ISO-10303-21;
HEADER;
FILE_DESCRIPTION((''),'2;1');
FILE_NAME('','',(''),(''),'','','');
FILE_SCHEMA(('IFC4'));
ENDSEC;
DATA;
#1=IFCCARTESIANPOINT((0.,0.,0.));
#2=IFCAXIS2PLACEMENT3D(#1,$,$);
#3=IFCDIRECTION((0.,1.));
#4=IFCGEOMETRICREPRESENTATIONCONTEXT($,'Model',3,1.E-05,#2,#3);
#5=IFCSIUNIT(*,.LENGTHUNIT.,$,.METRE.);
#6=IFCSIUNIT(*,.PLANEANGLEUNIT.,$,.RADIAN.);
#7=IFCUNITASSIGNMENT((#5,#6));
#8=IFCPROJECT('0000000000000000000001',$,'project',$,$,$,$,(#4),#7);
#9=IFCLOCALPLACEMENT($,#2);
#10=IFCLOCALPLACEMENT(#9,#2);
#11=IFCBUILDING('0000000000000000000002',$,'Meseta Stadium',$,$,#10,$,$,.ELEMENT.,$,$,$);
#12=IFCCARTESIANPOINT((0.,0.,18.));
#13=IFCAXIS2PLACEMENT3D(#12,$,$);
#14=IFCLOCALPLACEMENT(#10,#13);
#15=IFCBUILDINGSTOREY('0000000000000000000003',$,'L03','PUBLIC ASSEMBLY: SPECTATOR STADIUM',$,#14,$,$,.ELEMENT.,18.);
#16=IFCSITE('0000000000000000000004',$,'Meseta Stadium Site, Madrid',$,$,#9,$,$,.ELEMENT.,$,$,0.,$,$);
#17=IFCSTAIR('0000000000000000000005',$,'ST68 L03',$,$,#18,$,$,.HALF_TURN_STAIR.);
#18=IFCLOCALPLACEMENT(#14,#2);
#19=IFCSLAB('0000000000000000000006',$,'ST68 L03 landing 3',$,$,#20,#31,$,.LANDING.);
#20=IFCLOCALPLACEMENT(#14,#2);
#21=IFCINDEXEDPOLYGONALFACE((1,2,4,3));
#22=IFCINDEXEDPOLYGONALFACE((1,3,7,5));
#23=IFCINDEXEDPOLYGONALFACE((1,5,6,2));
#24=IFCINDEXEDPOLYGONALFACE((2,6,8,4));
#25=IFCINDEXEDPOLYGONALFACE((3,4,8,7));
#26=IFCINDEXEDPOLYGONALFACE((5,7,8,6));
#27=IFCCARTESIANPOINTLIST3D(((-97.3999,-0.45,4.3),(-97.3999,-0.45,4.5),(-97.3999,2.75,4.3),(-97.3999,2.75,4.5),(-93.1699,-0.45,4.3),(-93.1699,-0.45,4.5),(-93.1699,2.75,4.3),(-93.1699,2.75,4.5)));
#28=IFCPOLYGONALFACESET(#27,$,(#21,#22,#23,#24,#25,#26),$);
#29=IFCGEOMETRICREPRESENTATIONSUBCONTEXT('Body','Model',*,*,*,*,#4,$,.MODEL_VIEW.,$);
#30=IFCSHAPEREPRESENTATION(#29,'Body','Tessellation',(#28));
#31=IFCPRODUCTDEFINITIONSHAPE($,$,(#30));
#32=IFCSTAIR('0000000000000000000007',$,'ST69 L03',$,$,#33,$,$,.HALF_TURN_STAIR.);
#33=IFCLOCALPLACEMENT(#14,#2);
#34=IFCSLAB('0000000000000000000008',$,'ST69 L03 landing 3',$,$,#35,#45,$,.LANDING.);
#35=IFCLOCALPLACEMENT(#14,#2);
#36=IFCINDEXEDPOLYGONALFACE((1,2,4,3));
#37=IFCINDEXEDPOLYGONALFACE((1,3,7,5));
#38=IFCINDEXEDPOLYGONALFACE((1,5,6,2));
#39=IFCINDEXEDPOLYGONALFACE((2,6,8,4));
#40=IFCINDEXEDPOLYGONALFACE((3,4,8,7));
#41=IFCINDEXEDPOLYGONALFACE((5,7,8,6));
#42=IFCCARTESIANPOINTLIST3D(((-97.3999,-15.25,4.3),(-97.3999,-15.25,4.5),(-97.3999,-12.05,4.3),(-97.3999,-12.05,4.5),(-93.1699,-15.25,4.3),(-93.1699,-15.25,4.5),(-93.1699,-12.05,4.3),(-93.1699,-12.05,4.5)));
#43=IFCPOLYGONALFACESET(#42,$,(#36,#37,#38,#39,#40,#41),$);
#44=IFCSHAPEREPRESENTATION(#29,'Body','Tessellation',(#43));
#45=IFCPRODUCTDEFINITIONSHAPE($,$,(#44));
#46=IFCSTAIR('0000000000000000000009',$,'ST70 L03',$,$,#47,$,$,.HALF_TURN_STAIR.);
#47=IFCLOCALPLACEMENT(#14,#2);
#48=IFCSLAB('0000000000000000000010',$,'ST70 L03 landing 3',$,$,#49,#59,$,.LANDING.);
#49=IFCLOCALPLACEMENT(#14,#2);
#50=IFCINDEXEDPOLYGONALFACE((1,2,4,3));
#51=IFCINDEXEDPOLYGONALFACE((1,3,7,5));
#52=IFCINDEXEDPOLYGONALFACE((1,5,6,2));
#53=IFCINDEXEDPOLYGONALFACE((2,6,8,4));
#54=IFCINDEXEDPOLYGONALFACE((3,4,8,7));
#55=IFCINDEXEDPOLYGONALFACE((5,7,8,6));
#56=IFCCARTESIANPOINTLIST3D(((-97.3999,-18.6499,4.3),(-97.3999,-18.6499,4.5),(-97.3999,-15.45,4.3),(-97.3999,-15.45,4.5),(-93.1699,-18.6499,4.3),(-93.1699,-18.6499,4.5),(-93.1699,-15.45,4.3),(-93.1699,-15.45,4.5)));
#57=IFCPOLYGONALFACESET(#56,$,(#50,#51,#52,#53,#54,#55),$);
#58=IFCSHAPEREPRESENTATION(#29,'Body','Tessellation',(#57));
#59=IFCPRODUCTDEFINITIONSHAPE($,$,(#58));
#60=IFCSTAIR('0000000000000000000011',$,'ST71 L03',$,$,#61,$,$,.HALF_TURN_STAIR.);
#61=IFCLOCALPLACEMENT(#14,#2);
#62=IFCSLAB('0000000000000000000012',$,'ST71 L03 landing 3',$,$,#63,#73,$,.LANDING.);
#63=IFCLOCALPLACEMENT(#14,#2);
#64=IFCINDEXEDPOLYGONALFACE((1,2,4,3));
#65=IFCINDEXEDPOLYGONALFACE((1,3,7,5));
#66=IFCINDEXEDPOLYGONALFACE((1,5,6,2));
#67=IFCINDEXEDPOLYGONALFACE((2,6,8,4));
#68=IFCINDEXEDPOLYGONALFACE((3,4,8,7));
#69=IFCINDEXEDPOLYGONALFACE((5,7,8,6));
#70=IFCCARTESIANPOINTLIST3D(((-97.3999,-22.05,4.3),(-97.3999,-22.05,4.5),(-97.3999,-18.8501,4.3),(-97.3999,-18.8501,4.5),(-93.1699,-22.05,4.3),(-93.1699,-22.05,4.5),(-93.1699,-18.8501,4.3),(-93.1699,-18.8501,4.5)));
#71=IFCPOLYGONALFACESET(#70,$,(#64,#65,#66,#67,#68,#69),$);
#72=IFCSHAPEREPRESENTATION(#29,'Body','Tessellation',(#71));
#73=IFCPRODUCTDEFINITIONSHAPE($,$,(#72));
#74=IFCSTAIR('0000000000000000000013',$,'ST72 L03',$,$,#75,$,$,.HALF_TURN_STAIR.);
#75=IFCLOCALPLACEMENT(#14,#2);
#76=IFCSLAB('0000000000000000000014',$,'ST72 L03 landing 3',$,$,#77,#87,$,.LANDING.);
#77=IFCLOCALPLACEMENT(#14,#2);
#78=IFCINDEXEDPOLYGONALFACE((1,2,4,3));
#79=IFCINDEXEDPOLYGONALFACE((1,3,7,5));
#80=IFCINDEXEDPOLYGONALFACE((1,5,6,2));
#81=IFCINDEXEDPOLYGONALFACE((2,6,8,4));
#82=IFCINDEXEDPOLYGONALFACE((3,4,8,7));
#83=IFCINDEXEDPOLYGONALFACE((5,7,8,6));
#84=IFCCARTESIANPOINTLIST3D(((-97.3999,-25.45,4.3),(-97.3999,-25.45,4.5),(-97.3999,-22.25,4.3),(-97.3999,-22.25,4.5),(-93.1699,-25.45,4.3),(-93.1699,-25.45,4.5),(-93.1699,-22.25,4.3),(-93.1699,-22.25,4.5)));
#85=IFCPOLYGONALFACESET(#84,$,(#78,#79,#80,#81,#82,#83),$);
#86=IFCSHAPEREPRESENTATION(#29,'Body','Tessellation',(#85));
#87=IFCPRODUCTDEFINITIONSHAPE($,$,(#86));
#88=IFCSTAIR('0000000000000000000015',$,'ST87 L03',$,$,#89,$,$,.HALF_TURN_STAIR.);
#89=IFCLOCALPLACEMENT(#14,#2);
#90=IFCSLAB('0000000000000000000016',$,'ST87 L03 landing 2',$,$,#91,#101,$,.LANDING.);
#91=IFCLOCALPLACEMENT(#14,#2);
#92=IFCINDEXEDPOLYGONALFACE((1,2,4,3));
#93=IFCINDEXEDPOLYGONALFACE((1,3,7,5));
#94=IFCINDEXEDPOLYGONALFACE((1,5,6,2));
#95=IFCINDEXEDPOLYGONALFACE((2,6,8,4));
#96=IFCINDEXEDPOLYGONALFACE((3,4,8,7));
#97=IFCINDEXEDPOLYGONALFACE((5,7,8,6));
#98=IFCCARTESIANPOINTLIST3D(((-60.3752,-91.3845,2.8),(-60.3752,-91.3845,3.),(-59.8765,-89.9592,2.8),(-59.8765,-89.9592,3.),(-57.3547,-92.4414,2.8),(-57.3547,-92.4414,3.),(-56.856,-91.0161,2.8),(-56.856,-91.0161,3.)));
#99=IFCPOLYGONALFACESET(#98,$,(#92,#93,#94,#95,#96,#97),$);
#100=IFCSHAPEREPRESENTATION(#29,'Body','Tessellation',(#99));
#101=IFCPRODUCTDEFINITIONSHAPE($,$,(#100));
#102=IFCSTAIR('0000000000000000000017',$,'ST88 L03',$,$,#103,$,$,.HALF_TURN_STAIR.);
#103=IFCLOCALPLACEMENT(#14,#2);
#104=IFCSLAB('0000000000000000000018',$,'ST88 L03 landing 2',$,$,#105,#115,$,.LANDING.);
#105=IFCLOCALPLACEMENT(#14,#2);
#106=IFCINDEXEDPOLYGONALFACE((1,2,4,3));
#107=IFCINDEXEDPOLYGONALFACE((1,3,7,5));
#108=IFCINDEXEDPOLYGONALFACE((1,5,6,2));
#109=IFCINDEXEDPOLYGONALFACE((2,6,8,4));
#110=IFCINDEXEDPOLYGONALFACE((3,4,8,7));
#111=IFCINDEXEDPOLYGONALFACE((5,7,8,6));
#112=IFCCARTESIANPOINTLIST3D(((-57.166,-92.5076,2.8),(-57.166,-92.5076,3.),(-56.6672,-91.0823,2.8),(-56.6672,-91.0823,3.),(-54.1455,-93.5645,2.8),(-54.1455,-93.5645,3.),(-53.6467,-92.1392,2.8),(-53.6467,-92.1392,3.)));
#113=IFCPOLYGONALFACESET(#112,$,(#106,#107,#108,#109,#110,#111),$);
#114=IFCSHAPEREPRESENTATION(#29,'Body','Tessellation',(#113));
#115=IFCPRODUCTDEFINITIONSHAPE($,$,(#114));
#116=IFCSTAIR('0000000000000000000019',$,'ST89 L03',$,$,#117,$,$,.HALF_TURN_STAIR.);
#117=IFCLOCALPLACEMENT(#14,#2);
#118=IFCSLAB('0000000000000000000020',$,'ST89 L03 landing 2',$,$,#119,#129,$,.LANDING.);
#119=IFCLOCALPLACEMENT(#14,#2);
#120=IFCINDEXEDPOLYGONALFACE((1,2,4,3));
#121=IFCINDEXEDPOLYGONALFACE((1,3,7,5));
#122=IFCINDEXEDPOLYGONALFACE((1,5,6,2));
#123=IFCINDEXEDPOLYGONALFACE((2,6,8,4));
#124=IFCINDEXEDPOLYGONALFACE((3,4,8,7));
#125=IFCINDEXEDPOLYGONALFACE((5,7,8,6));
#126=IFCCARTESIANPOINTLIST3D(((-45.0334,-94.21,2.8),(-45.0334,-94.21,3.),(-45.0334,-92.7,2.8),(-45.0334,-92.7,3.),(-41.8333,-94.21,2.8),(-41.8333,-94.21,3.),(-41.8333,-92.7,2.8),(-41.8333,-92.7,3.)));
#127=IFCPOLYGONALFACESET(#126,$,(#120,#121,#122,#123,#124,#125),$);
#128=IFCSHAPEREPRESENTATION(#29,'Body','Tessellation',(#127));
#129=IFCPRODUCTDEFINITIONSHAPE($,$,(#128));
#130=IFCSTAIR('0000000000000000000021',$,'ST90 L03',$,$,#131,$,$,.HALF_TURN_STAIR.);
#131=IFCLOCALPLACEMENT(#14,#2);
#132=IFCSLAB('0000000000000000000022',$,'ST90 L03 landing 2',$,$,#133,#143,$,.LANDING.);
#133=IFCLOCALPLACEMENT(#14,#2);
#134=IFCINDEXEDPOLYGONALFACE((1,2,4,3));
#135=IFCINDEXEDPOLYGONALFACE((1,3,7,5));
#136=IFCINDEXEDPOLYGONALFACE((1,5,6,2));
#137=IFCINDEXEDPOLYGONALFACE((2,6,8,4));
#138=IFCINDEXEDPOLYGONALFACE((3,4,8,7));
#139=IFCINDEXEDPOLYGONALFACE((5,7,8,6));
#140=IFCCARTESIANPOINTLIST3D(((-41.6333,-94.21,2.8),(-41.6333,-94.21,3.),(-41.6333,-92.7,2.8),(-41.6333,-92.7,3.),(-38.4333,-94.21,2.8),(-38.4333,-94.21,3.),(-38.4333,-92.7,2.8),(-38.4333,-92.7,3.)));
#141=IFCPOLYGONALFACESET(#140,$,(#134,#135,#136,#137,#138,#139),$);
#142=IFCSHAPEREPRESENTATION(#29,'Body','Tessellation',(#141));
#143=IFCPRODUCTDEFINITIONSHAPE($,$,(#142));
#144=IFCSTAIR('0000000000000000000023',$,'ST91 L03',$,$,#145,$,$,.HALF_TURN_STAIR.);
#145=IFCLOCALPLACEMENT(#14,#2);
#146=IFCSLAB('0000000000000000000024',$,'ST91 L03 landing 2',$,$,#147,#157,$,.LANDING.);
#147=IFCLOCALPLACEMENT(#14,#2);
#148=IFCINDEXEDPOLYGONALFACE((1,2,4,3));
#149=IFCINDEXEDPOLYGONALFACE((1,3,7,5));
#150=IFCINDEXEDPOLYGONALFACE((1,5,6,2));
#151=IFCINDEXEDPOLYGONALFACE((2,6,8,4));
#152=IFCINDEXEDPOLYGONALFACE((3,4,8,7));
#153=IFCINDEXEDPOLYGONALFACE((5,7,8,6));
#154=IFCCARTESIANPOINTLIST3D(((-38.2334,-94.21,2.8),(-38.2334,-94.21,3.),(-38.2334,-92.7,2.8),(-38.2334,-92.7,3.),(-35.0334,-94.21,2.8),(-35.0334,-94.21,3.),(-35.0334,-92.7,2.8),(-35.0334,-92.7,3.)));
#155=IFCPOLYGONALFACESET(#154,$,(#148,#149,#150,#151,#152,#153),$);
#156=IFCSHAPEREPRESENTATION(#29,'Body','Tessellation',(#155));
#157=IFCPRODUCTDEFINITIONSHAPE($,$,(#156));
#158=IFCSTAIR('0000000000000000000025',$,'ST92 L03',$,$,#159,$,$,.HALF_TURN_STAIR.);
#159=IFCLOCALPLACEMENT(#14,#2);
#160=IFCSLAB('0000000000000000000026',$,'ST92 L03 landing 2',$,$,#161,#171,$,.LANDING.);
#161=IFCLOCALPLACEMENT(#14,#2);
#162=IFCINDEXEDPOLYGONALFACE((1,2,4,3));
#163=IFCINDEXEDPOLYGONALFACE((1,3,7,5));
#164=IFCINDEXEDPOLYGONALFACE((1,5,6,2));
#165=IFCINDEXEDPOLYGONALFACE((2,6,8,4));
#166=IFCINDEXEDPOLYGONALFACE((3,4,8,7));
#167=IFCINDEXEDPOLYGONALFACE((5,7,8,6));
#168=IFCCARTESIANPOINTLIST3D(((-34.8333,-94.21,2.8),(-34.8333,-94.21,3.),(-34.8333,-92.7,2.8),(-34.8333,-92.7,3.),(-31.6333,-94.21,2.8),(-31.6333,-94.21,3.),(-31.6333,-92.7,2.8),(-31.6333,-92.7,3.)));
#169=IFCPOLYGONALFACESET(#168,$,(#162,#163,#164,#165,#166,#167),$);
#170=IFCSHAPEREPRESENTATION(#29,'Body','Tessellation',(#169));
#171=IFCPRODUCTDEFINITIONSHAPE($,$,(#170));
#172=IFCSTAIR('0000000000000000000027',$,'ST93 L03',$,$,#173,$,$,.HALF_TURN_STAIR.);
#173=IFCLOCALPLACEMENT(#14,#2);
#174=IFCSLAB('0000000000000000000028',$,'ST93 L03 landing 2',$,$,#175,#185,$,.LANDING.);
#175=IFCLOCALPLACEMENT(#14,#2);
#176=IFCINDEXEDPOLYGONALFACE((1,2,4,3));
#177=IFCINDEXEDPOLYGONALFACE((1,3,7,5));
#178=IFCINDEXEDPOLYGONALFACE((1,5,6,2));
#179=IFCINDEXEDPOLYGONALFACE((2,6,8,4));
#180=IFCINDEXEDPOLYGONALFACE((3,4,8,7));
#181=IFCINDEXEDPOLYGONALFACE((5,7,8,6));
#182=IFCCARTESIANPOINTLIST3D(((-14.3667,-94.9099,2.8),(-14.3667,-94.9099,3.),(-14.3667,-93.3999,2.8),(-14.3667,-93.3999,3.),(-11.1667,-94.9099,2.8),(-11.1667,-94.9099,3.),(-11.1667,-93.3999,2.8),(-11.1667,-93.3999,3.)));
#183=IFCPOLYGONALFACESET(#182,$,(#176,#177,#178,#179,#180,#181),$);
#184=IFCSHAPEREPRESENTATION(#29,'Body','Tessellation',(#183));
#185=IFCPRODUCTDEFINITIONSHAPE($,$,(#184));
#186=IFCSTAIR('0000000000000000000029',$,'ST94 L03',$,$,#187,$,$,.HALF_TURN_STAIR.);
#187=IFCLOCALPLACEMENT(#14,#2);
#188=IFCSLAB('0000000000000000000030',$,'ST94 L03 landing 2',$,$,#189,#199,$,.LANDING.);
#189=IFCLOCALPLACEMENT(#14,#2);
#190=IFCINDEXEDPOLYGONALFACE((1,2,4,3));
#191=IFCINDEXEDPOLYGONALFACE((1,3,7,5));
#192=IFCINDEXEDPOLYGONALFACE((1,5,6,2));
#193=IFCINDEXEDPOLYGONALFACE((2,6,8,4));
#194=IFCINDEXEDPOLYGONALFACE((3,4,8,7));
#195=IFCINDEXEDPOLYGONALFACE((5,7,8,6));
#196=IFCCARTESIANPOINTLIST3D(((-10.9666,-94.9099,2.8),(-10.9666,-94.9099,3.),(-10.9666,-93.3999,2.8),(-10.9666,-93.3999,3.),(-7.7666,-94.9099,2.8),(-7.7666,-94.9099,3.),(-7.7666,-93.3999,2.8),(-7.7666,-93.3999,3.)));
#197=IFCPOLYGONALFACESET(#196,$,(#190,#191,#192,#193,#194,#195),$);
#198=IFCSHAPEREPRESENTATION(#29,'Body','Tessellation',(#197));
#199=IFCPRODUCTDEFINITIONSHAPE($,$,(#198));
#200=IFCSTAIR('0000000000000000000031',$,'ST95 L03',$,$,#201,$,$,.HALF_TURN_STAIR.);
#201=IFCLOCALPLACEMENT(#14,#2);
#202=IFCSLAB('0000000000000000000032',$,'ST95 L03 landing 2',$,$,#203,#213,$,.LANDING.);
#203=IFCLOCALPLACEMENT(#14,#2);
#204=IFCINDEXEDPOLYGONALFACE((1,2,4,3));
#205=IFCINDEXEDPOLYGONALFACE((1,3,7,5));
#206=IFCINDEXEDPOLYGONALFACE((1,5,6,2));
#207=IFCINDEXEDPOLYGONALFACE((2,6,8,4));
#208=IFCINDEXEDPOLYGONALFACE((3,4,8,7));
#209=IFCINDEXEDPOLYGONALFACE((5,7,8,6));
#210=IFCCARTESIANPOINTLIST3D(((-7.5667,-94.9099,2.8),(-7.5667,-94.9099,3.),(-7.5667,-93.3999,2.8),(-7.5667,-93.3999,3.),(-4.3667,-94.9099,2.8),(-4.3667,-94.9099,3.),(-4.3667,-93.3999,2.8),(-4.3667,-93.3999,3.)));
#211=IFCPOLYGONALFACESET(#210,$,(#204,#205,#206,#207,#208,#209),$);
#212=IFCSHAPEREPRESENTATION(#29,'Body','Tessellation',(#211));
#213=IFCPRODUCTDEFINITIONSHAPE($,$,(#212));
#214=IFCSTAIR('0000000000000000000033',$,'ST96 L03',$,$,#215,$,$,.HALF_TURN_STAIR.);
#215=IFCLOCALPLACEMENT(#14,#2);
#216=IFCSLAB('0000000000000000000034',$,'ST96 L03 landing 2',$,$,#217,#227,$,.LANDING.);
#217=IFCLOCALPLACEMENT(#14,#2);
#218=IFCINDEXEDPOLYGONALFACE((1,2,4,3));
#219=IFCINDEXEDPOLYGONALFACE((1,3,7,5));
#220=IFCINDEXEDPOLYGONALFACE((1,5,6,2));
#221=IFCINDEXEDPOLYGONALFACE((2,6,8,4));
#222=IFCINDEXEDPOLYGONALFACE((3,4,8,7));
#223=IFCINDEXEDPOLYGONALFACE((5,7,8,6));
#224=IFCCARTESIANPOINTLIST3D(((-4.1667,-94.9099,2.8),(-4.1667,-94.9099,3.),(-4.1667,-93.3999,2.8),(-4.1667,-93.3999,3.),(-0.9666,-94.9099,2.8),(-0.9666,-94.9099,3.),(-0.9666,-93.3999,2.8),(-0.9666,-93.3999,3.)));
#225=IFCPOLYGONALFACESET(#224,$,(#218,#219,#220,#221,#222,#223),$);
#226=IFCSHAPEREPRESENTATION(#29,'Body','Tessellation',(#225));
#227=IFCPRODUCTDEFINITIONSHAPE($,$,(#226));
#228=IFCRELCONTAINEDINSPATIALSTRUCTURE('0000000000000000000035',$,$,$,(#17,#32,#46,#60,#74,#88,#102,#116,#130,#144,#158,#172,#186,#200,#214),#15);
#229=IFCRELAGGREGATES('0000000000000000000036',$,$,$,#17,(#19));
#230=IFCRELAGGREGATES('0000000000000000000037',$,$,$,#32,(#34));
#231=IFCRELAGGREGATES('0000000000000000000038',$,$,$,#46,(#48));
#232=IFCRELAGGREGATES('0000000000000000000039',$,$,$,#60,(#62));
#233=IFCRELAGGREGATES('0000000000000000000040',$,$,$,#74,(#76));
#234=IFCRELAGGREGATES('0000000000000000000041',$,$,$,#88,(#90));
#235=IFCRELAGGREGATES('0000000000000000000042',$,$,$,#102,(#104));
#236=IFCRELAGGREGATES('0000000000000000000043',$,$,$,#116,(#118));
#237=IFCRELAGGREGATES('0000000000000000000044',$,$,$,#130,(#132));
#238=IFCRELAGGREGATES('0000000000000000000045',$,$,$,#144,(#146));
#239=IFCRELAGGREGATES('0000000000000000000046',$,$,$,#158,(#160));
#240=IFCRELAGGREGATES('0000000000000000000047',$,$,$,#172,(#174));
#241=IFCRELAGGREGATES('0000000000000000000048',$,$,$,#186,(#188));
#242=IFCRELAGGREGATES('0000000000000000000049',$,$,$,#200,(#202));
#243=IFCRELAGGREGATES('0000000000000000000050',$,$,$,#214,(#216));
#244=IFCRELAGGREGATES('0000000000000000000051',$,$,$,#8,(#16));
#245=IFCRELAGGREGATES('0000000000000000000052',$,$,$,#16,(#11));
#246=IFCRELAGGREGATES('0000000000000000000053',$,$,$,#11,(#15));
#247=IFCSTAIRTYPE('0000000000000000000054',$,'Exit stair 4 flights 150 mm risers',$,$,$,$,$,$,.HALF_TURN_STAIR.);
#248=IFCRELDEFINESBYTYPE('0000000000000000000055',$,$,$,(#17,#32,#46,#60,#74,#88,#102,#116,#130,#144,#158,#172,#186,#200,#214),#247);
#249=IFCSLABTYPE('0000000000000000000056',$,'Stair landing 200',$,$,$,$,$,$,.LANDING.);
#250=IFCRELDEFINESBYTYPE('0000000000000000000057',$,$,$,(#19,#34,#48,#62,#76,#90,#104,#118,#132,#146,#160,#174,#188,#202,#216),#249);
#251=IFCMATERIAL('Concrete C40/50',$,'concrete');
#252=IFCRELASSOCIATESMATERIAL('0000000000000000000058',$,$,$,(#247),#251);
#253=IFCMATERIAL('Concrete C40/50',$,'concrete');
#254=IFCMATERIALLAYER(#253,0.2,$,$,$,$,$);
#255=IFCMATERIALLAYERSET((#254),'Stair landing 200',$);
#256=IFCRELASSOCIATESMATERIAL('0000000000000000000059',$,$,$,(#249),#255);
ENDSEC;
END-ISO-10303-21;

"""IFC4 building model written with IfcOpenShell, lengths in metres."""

from ifc_helpers import new_model, si_unit, direction, frame, origin, place, context, subcontext, project, spatial, polyline, outline, extrude, material, layer, layer_set, type_object, element, aggregate, save


model = new_model("IFC4")

# Units and contexts
model_context = context("Model", 3, precision=1e-05, world=origin(), true_north=direction((0.0, 1.0)))
body_context = subcontext(model_context, "Body", "Model", "MODEL_VIEW")
ifc_project = project(units=[si_unit("LENGTHUNIT", "METRE"), si_unit("PLANEANGLEUNIT", "RADIAN")], contexts=[model_context])

# Site, building, storey
site_placement = place(None, origin())
site = spatial("IfcSite", under=ifc_project, at=site_placement, Name="Meseta Stadium Site, Madrid", CompositionType="ELEMENT", RefElevation=0.0)
building_placement = place(site_placement, origin())
building = spatial("IfcBuilding", under=site, at=building_placement, Name="Meseta Stadium", CompositionType="ELEMENT")
storey_placement = place(building_placement, frame((0.0, 0.0, 18.0)))
storey = spatial("IfcBuildingStorey", under=building, at=storey_placement, Name="L03", Description="PUBLIC ASSEMBLY: SPECTATOR STADIUM", CompositionType="ELEMENT", Elevation=18.0)

# Stairs, slabs
ifc_material_1 = material(Name="Concrete C40/50", Category="concrete")
stair_type = type_object("IfcStairType", Name="Exit stair 4 flights 150 mm risers", PredefinedType="HALF_TURN_STAIR", material=ifc_material_1)
stair_1_placement = place(storey_placement, origin())
stair_1 = element("IfcStair", 1, at=stair_1_placement, inside=storey, type_object=stair_type, Name="ST68 L03", PredefinedType="HALF_TURN_STAIR")
ifc_material_2 = material(Name="Concrete C40/50", Category="concrete")
ifc_layer = layer(ifc_material_2, 0.2)
ifc_layer_set = layer_set([ifc_layer], Name="Stair landing 200")
slab_type = type_object("IfcSlabType", Name="Stair landing 200", PredefinedType="LANDING", material=ifc_layer_set)
slab_1_placement = place(storey_placement, frame((0.0, 0.0, 4.3)))
slab_1 = element("IfcSlab", 2, at=slab_1_placement, type_object=slab_type, Name="ST68 L03 landing 3", PredefinedType="LANDING", context=body_context, shape_type="SweptSolid", body=[
    extrude(outline(polyline([(-93.1699, 2.75), (-97.3999, 2.75), (-97.3999, -0.45), (-93.1699, -0.45), (-93.1699, 2.75)])), origin(), (0.0, 0.0, 1.0), 0.2),
])
aggregate(stair_1, [slab_1])
stair_2_placement = place(storey_placement, origin())
stair_2 = element("IfcStair", 3, at=stair_2_placement, inside=storey, type_object=stair_type, Name="ST69 L03", PredefinedType="HALF_TURN_STAIR")
slab_2_placement = place(storey_placement, frame((0.0, 0.0, 4.3)))
slab_2 = element("IfcSlab", 4, at=slab_2_placement, type_object=slab_type, Name="ST69 L03 landing 3", PredefinedType="LANDING", context=body_context, shape_type="SweptSolid", body=[
    extrude(outline(polyline([(-93.1699, -12.05), (-97.3999, -12.05), (-97.3999, -15.25), (-93.1699, -15.25), (-93.1699, -12.05)])), origin(), (0.0, 0.0, 1.0), 0.2),
])
aggregate(stair_2, [slab_2])
stair_3_placement = place(storey_placement, origin())
stair_3 = element("IfcStair", 5, at=stair_3_placement, inside=storey, type_object=stair_type, Name="ST70 L03", PredefinedType="HALF_TURN_STAIR")
slab_3_placement = place(storey_placement, frame((0.0, 0.0, 4.3)))
slab_3 = element("IfcSlab", 6, at=slab_3_placement, type_object=slab_type, Name="ST70 L03 landing 3", PredefinedType="LANDING", context=body_context, shape_type="SweptSolid", body=[
    extrude(outline(polyline([(-93.1699, -15.45), (-97.3999, -15.45), (-97.3999, -18.6499), (-93.1699, -18.6499), (-93.1699, -15.45)])), origin(), (0.0, 0.0, 1.0), 0.2),
])
aggregate(stair_3, [slab_3])
stair_4_placement = place(storey_placement, origin())
stair_4 = element("IfcStair", 7, at=stair_4_placement, inside=storey, type_object=stair_type, Name="ST71 L03", PredefinedType="HALF_TURN_STAIR")
slab_4_placement = place(storey_placement, frame((0.0, 0.0, 4.3)))
slab_4 = element("IfcSlab", 8, at=slab_4_placement, type_object=slab_type, Name="ST71 L03 landing 3", PredefinedType="LANDING", context=body_context, shape_type="SweptSolid", body=[
    extrude(outline(polyline([(-93.1699, -18.8501), (-97.3999, -18.8501), (-97.3999, -22.05), (-93.1699, -22.05), (-93.1699, -18.8501)])), origin(), (0.0, 0.0, 1.0), 0.2),
])
aggregate(stair_4, [slab_4])
stair_5_placement = place(storey_placement, origin())
stair_5 = element("IfcStair", 9, at=stair_5_placement, inside=storey, type_object=stair_type, Name="ST72 L03", PredefinedType="HALF_TURN_STAIR")
slab_5_placement = place(storey_placement, frame((0.0, 0.0, 4.3)))
slab_5 = element("IfcSlab", 10, at=slab_5_placement, type_object=slab_type, Name="ST72 L03 landing 3", PredefinedType="LANDING", context=body_context, shape_type="SweptSolid", body=[
    extrude(outline(polyline([(-93.1699, -22.25), (-97.3999, -22.25), (-97.3999, -25.45), (-93.1699, -25.45), (-93.1699, -22.25)])), origin(), (0.0, 0.0, 1.0), 0.2),
])
aggregate(stair_5, [slab_5])
stair_6_placement = place(storey_placement, origin())
stair_6 = element("IfcStair", 11, at=stair_6_placement, inside=storey, type_object=stair_type, Name="ST87 L03", PredefinedType="HALF_TURN_STAIR")
slab_6_placement = place(storey_placement, frame((0.0, 0.0, 2.8)))
slab_6 = element("IfcSlab", 12, at=slab_6_placement, type_object=slab_type, Name="ST87 L03 landing 2", PredefinedType="LANDING", context=body_context, shape_type="SweptSolid", body=[
    extrude(outline(polyline([(-59.8765, -89.9592), (-60.3752, -91.3845), (-57.3547, -92.4414), (-56.856, -91.0161), (-59.8765, -89.9592)])), origin(), (0.0, 0.0, 1.0), 0.2),
])
aggregate(stair_6, [slab_6])
stair_7_placement = place(storey_placement, origin())
stair_7 = element("IfcStair", 13, at=stair_7_placement, inside=storey, type_object=stair_type, Name="ST88 L03", PredefinedType="HALF_TURN_STAIR")
slab_7_placement = place(storey_placement, frame((0.0, 0.0, 2.8)))
slab_7 = element("IfcSlab", 14, at=slab_7_placement, type_object=slab_type, Name="ST88 L03 landing 2", PredefinedType="LANDING", context=body_context, shape_type="SweptSolid", body=[
    extrude(outline(polyline([(-56.6672, -91.0823), (-57.166, -92.5076), (-54.1455, -93.5645), (-53.6467, -92.1392), (-56.6672, -91.0823)])), origin(), (0.0, 0.0, 1.0), 0.2),
])
aggregate(stair_7, [slab_7])
stair_8_placement = place(storey_placement, origin())
stair_8 = element("IfcStair", 15, at=stair_8_placement, inside=storey, type_object=stair_type, Name="ST89 L03", PredefinedType="HALF_TURN_STAIR")
slab_8_placement = place(storey_placement, frame((0.0, 0.0, 2.8)))
slab_8 = element("IfcSlab", 16, at=slab_8_placement, type_object=slab_type, Name="ST89 L03 landing 2", PredefinedType="LANDING", context=body_context, shape_type="SweptSolid", body=[
    extrude(outline(polyline([(-45.0334, -92.7), (-45.0334, -94.21), (-41.8333, -94.21), (-41.8333, -92.7), (-45.0334, -92.7)])), origin(), (0.0, 0.0, 1.0), 0.2),
])
aggregate(stair_8, [slab_8])
stair_9_placement = place(storey_placement, origin())
stair_9 = element("IfcStair", 17, at=stair_9_placement, inside=storey, type_object=stair_type, Name="ST90 L03", PredefinedType="HALF_TURN_STAIR")
slab_9_placement = place(storey_placement, frame((0.0, 0.0, 2.8)))
slab_9 = element("IfcSlab", 18, at=slab_9_placement, type_object=slab_type, Name="ST90 L03 landing 2", PredefinedType="LANDING", context=body_context, shape_type="SweptSolid", body=[
    extrude(outline(polyline([(-41.6333, -92.7), (-41.6333, -94.21), (-38.4333, -94.21), (-38.4333, -92.7), (-41.6333, -92.7)])), origin(), (0.0, 0.0, 1.0), 0.2),
])
aggregate(stair_9, [slab_9])
stair_10_placement = place(storey_placement, origin())
stair_10 = element("IfcStair", 19, at=stair_10_placement, inside=storey, type_object=stair_type, Name="ST91 L03", PredefinedType="HALF_TURN_STAIR")
slab_10_placement = place(storey_placement, frame((0.0, 0.0, 2.8)))
slab_10 = element("IfcSlab", 20, at=slab_10_placement, type_object=slab_type, Name="ST91 L03 landing 2", PredefinedType="LANDING", context=body_context, shape_type="SweptSolid", body=[
    extrude(outline(polyline([(-38.2334, -92.7), (-38.2334, -94.21), (-35.0334, -94.21), (-35.0334, -92.7), (-38.2334, -92.7)])), origin(), (0.0, 0.0, 1.0), 0.2),
])
aggregate(stair_10, [slab_10])
stair_11_placement = place(storey_placement, origin())
stair_11 = element("IfcStair", 21, at=stair_11_placement, inside=storey, type_object=stair_type, Name="ST92 L03", PredefinedType="HALF_TURN_STAIR")
slab_11_placement = place(storey_placement, frame((0.0, 0.0, 2.8)))
slab_11 = element("IfcSlab", 22, at=slab_11_placement, type_object=slab_type, Name="ST92 L03 landing 2", PredefinedType="LANDING", context=body_context, shape_type="SweptSolid", body=[
    extrude(outline(polyline([(-34.8333, -92.7), (-34.8333, -94.21), (-31.6333, -94.21), (-31.6333, -92.7), (-34.8333, -92.7)])), origin(), (0.0, 0.0, 1.0), 0.2),
])
aggregate(stair_11, [slab_11])
stair_12_placement = place(storey_placement, origin())
stair_12 = element("IfcStair", 23, at=stair_12_placement, inside=storey, type_object=stair_type, Name="ST93 L03", PredefinedType="HALF_TURN_STAIR")
slab_12_placement = place(storey_placement, frame((0.0, 0.0, 2.8)))
slab_12 = element("IfcSlab", 24, at=slab_12_placement, type_object=slab_type, Name="ST93 L03 landing 2", PredefinedType="LANDING", context=body_context, shape_type="SweptSolid", body=[
    extrude(outline(polyline([(-14.3667, -93.3999), (-14.3667, -94.9099), (-11.1667, -94.9099), (-11.1667, -93.3999), (-14.3667, -93.3999)])), origin(), (0.0, 0.0, 1.0), 0.2),
])
aggregate(stair_12, [slab_12])
stair_13_placement = place(storey_placement, origin())
stair_13 = element("IfcStair", 25, at=stair_13_placement, inside=storey, type_object=stair_type, Name="ST94 L03", PredefinedType="HALF_TURN_STAIR")
slab_13_placement = place(storey_placement, frame((0.0, 0.0, 2.8)))
slab_13 = element("IfcSlab", 26, at=slab_13_placement, type_object=slab_type, Name="ST94 L03 landing 2", PredefinedType="LANDING", context=body_context, shape_type="SweptSolid", body=[
    extrude(outline(polyline([(-10.9666, -93.3999), (-10.9666, -94.9099), (-7.7666, -94.9099), (-7.7666, -93.3999), (-10.9666, -93.3999)])), origin(), (0.0, 0.0, 1.0), 0.2),
])
aggregate(stair_13, [slab_13])
stair_14_placement = place(storey_placement, origin())
stair_14 = element("IfcStair", 27, at=stair_14_placement, inside=storey, type_object=stair_type, Name="ST95 L03", PredefinedType="HALF_TURN_STAIR")
slab_14_placement = place(storey_placement, frame((0.0, 0.0, 2.8)))
slab_14 = element("IfcSlab", 28, at=slab_14_placement, type_object=slab_type, Name="ST95 L03 landing 2", PredefinedType="LANDING", context=body_context, shape_type="SweptSolid", body=[
    extrude(outline(polyline([(-7.5667, -93.3999), (-7.5667, -94.9099), (-4.3667, -94.9099), (-4.3667, -93.3999), (-7.5667, -93.3999)])), origin(), (0.0, 0.0, 1.0), 0.2),
])
aggregate(stair_14, [slab_14])
stair_15_placement = place(storey_placement, origin())
stair_15 = element("IfcStair", 29, at=stair_15_placement, inside=storey, type_object=stair_type, Name="ST96 L03", PredefinedType="HALF_TURN_STAIR")
slab_15_placement = place(storey_placement, frame((0.0, 0.0, 2.8)))
slab_15 = element("IfcSlab", 30, at=slab_15_placement, type_object=slab_type, Name="ST96 L03 landing 2", PredefinedType="LANDING", context=body_context, shape_type="SweptSolid", body=[
    extrude(outline(polyline([(-4.1667, -93.3999), (-4.1667, -94.9099), (-0.9666, -94.9099), (-0.9666, -93.3999), (-4.1667, -93.3999)])), origin(), (0.0, 0.0, 1.0), 0.2),
])
aggregate(stair_15, [slab_15])

save(model, "model.ifc")
